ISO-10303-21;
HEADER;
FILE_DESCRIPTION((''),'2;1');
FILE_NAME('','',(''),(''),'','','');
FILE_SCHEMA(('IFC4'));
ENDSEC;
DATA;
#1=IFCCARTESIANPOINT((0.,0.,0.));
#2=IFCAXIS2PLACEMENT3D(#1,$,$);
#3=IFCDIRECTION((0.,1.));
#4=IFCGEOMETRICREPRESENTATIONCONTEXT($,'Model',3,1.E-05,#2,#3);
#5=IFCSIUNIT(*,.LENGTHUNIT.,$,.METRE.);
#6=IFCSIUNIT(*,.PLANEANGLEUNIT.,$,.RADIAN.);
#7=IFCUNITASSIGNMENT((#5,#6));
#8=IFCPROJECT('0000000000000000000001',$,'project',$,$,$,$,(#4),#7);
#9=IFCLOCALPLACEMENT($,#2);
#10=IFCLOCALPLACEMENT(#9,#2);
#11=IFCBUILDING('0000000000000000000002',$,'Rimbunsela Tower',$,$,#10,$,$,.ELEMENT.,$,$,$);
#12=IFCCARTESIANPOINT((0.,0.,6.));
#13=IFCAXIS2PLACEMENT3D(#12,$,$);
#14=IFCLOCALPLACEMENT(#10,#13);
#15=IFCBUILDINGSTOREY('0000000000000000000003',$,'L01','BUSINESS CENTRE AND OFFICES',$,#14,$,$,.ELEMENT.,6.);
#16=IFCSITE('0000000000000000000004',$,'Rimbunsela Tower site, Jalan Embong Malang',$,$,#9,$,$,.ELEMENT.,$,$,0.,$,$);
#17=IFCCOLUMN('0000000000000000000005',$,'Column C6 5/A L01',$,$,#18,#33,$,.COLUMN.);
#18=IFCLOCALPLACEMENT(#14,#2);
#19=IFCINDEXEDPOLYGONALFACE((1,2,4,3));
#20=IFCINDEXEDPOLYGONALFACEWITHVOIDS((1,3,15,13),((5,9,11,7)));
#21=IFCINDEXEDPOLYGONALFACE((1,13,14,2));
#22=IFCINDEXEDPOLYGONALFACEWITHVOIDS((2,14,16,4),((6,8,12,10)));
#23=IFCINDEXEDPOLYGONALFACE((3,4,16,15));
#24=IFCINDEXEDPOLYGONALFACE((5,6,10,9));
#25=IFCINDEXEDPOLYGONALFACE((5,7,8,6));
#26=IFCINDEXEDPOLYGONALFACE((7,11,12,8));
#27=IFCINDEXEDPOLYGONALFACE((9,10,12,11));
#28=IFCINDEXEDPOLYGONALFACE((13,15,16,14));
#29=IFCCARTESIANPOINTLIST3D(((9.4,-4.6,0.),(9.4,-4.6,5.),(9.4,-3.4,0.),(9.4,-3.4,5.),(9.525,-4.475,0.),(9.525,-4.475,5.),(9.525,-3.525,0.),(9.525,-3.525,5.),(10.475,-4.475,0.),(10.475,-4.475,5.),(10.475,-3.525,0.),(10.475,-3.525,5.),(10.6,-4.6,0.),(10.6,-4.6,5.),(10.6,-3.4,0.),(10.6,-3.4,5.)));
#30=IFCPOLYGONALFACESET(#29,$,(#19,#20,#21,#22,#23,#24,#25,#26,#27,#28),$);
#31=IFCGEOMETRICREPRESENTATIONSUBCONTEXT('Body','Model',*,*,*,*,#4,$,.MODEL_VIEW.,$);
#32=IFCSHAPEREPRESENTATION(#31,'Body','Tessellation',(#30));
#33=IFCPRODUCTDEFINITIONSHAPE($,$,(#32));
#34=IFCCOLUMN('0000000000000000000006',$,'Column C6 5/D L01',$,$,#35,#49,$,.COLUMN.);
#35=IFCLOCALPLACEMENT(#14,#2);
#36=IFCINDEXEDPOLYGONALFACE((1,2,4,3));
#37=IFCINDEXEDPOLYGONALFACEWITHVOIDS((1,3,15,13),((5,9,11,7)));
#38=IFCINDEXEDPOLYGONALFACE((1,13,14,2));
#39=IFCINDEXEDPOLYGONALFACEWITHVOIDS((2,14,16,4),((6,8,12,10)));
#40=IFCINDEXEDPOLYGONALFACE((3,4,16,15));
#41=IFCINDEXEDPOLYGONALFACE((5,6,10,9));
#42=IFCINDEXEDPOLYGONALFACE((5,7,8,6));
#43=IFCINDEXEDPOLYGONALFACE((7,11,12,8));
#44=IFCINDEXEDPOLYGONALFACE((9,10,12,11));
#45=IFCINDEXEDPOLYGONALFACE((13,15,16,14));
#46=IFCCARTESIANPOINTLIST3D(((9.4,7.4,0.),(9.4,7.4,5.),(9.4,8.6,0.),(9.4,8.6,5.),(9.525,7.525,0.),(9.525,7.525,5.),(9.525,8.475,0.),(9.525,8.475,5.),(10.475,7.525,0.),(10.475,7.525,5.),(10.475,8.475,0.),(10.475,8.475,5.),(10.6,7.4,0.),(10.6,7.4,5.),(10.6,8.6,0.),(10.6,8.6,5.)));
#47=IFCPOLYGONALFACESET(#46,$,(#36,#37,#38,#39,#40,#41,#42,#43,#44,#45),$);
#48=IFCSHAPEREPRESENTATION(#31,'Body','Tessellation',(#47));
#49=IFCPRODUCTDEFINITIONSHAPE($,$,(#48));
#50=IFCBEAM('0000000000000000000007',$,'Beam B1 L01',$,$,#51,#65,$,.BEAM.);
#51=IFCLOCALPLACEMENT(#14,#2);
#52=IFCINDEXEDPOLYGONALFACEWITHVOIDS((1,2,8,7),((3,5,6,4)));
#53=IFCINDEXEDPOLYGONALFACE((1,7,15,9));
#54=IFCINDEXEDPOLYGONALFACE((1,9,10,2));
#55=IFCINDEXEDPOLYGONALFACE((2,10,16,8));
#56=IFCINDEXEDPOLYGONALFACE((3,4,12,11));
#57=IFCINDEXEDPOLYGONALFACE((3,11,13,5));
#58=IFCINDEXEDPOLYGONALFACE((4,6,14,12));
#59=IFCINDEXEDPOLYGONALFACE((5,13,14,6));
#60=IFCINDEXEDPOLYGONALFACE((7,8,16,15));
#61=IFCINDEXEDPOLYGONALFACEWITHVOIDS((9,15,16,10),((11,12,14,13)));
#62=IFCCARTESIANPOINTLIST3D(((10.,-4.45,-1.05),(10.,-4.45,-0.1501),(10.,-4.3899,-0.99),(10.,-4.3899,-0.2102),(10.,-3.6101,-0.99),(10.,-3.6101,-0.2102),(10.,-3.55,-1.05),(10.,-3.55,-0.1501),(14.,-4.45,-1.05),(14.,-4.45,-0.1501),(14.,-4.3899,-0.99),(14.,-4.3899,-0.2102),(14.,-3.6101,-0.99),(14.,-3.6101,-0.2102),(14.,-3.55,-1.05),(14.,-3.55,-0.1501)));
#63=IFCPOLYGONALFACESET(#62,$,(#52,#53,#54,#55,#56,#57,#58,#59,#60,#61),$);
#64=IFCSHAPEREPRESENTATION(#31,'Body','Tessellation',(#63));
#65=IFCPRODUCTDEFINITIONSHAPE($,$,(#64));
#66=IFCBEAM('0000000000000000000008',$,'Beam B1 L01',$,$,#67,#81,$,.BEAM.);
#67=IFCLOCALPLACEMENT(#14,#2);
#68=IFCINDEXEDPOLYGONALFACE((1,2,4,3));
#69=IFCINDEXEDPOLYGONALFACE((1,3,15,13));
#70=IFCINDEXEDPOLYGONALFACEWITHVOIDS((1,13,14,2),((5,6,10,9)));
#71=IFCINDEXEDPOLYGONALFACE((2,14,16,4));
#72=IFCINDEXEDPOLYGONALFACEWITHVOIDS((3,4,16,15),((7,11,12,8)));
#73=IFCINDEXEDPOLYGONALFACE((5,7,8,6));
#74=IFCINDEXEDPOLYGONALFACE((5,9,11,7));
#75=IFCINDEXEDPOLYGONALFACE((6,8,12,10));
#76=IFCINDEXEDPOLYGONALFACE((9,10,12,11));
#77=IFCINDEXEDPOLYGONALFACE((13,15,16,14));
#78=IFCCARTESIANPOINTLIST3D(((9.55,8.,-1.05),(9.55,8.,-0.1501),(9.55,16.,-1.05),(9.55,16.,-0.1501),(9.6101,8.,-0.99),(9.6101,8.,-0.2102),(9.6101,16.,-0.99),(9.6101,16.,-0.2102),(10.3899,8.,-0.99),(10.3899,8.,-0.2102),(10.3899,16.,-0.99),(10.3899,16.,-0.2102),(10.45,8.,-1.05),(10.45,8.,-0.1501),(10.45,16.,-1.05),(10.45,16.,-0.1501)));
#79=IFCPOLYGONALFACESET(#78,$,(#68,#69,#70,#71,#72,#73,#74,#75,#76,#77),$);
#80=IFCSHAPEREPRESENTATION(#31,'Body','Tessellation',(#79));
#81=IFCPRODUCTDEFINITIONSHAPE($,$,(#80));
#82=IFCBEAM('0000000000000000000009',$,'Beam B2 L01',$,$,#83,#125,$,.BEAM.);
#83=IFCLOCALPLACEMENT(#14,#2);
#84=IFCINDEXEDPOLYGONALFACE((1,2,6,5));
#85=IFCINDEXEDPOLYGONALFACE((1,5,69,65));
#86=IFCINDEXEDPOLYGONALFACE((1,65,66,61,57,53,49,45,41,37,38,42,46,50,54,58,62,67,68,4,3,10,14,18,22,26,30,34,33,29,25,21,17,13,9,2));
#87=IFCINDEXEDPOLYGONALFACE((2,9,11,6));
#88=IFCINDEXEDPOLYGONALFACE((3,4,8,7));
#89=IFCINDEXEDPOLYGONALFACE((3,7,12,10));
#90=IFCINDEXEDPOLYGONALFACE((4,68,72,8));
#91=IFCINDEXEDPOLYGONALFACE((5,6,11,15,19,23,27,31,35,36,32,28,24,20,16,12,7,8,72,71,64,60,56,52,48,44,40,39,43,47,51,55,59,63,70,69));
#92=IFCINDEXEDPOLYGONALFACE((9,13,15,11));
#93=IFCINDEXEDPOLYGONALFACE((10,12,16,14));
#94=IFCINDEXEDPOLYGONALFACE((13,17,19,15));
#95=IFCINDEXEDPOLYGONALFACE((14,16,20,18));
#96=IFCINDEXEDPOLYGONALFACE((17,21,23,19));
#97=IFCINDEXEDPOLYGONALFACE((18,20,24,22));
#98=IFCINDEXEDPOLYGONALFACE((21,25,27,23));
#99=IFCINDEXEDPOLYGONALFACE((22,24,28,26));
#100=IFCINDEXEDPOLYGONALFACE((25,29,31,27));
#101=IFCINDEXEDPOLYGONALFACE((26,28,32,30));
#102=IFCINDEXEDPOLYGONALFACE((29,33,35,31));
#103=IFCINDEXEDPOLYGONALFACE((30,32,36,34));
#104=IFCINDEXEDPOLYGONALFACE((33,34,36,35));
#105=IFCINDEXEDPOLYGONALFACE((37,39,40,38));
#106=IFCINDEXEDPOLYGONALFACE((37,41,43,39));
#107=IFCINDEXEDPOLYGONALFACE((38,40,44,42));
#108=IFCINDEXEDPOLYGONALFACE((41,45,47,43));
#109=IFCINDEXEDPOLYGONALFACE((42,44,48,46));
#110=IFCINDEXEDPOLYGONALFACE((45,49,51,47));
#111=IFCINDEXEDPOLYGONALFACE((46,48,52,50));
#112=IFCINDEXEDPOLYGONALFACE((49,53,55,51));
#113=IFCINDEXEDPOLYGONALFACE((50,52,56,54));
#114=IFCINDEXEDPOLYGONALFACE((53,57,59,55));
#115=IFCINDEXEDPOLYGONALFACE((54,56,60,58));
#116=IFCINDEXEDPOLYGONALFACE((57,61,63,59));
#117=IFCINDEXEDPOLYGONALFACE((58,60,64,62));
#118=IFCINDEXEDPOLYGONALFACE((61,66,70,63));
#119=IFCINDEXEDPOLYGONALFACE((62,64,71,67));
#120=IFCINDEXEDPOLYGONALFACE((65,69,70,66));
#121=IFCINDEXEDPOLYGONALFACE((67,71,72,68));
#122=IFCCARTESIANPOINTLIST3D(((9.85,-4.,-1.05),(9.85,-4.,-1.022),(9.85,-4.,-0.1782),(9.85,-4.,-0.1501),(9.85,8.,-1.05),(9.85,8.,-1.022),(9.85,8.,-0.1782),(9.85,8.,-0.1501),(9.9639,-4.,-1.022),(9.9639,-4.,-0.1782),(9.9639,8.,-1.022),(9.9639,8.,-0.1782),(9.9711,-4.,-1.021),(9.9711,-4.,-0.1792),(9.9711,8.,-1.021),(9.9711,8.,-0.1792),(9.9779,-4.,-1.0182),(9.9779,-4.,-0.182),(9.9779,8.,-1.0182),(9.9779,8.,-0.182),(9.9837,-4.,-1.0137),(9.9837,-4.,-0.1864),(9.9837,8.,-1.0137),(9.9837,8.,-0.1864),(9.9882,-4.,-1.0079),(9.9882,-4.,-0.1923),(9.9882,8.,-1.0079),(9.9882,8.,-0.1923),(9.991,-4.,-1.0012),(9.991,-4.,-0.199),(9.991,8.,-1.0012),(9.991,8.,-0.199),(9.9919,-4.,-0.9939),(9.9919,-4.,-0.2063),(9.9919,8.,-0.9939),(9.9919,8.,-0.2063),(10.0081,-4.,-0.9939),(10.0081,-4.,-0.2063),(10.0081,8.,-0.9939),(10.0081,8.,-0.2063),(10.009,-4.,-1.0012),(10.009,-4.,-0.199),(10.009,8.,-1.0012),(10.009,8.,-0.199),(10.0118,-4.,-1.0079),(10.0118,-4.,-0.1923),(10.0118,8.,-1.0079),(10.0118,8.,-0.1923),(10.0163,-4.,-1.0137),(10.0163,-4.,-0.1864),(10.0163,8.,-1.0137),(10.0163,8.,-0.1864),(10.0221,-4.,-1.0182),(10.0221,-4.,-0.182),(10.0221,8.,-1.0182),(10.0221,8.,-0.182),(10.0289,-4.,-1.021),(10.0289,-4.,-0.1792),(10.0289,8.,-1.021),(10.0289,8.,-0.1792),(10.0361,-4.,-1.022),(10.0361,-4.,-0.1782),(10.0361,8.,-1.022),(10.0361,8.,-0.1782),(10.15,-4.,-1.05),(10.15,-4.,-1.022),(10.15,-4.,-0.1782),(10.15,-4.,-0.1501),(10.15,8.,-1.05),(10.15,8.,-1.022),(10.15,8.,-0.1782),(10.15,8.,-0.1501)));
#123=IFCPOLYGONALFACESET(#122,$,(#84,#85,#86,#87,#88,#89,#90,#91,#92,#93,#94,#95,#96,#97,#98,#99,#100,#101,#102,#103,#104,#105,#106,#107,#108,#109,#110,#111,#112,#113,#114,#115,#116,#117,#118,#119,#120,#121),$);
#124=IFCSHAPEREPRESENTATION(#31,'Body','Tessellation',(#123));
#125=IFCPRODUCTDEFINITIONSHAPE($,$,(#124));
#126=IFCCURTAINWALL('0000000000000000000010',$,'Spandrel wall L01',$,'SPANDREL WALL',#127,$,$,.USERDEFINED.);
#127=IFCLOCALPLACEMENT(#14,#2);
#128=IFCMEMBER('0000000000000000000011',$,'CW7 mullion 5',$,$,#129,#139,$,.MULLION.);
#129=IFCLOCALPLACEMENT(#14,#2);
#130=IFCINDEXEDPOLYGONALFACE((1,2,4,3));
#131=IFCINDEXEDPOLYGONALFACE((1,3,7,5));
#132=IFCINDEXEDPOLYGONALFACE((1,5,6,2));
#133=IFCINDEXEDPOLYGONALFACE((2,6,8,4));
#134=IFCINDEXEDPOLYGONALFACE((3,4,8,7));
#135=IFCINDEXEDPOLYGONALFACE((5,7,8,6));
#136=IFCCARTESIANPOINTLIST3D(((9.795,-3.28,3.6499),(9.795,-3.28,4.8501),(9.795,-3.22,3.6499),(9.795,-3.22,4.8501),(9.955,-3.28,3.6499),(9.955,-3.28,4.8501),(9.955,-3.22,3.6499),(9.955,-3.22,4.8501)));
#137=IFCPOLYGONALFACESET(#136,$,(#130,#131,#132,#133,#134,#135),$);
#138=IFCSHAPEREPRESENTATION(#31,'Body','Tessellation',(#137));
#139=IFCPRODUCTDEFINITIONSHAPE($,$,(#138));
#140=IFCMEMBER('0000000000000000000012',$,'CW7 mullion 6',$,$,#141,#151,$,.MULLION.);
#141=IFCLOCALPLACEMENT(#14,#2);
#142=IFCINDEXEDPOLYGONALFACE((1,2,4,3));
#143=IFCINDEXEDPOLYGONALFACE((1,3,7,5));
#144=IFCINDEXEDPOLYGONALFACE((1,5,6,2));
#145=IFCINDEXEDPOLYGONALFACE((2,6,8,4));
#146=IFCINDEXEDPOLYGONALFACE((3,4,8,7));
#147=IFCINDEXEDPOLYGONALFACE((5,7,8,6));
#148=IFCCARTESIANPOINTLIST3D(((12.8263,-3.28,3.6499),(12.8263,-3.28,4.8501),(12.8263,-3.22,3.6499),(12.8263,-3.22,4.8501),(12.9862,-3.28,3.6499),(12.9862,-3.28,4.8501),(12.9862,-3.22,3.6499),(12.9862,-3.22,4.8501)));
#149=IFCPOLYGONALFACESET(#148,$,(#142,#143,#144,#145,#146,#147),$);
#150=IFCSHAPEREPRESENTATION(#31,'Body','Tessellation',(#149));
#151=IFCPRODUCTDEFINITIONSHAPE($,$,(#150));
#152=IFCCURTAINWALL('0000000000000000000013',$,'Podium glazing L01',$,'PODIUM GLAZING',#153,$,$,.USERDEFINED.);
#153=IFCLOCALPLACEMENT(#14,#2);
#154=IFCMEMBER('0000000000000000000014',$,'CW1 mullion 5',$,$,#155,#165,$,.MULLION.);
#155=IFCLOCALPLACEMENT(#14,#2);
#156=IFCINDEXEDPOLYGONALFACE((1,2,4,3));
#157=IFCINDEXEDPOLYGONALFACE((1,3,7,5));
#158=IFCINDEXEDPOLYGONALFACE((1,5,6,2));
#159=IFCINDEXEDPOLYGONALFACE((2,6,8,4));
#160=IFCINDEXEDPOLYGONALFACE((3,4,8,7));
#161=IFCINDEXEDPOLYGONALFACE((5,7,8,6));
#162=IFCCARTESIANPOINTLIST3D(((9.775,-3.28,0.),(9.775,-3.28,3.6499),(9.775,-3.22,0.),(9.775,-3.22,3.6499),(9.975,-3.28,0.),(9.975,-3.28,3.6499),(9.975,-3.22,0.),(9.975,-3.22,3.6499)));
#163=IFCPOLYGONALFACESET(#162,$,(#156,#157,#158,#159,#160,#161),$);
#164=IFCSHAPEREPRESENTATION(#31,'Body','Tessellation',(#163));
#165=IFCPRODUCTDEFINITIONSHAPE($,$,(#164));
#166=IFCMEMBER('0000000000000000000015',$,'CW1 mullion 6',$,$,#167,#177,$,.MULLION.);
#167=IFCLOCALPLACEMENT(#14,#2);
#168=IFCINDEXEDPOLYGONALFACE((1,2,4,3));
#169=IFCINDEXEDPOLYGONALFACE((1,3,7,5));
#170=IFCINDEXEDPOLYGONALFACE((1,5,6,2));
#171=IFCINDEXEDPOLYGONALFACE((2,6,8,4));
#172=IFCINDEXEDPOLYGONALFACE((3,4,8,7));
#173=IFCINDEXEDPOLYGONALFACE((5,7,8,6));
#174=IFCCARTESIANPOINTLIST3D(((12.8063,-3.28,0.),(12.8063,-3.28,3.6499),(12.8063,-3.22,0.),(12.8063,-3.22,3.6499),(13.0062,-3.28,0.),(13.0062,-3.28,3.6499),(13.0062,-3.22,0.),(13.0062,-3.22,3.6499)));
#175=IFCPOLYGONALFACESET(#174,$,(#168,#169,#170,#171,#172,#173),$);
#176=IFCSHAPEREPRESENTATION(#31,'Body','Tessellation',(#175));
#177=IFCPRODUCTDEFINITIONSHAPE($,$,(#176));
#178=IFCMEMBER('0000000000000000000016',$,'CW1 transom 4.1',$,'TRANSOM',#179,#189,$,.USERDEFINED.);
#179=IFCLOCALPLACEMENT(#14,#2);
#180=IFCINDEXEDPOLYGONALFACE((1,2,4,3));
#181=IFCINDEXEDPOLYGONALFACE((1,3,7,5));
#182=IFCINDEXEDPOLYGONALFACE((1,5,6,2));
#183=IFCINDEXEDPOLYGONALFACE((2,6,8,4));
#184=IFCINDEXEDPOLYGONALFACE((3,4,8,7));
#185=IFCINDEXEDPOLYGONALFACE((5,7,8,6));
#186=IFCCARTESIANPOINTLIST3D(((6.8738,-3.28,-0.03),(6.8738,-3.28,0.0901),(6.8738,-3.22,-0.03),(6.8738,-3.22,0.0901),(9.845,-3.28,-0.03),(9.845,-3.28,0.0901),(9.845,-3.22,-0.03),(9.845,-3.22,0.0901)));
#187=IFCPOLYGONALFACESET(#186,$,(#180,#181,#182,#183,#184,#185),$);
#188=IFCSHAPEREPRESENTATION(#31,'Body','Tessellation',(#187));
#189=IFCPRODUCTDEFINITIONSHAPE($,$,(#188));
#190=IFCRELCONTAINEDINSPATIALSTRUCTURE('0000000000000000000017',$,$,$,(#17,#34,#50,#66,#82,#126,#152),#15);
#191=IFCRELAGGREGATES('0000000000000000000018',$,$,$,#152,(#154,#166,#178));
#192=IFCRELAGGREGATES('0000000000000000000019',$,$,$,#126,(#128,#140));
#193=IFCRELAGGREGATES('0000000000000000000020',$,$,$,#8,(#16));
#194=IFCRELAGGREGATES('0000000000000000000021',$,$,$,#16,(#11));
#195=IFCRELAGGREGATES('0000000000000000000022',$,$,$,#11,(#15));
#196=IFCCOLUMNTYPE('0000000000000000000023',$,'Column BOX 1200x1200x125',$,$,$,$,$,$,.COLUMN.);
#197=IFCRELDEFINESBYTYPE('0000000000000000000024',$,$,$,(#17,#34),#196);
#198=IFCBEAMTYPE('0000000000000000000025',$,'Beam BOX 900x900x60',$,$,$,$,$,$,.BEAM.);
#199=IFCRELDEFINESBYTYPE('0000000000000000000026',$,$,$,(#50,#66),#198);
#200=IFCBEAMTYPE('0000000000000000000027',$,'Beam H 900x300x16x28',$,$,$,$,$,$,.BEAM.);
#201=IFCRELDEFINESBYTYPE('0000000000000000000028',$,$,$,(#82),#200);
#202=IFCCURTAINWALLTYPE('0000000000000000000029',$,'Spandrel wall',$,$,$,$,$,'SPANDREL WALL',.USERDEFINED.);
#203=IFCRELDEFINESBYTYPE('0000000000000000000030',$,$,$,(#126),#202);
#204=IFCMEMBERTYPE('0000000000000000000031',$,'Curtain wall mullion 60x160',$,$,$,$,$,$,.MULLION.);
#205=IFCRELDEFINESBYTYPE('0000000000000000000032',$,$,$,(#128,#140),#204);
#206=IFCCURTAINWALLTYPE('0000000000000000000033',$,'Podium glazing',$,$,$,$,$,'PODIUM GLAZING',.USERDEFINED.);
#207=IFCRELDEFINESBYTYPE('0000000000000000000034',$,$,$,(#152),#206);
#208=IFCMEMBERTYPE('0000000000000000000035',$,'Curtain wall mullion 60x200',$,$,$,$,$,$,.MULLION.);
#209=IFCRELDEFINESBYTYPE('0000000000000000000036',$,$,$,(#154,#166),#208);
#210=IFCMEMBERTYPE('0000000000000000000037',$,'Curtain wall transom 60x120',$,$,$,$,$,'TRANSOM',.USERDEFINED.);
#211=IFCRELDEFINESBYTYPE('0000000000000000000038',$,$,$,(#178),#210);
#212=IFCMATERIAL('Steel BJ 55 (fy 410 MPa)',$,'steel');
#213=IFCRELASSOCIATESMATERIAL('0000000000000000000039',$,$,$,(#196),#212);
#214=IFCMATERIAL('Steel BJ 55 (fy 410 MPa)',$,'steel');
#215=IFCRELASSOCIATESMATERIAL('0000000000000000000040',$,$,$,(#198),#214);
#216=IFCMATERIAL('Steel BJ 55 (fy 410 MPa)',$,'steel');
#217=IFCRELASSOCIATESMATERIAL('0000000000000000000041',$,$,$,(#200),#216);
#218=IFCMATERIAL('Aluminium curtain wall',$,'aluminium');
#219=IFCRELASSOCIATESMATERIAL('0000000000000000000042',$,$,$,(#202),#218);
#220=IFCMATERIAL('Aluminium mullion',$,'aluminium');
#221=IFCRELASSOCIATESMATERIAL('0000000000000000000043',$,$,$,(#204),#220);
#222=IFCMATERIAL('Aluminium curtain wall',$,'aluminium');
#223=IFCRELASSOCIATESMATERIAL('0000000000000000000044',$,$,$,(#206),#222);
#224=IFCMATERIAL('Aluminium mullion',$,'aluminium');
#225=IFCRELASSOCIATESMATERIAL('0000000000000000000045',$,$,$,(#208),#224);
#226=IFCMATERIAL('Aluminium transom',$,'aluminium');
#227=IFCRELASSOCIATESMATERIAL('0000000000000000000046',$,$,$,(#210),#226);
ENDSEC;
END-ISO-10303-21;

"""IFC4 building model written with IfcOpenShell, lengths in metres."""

from ifc_helpers import new_model, si_unit, direction, frame, origin, origin_2d, place, context, subcontext, project, spatial, rectangle, hollow_rectangle, i_section, extrude, material, material_profile, profile_set, type_object, element, aggregate, save


model = new_model("IFC4")

# Units and contexts
model_context = context("Model", 3, precision=1e-05, world=origin(), true_north=direction((0.0, 1.0)))
body_context = subcontext(model_context, "Body", "Model", "MODEL_VIEW")
ifc_project = project(units=[si_unit("LENGTHUNIT", "METRE"), si_unit("PLANEANGLEUNIT", "RADIAN")], contexts=[model_context])

# Site, building, storey
site_placement = place(None, origin())
site = spatial("IfcSite", under=ifc_project, at=site_placement, Name="Rimbunsela Tower site, Jalan Embong Malang", CompositionType="ELEMENT", RefElevation=0.0)
building_placement = place(site_placement, origin())
building = spatial("IfcBuilding", under=site, at=building_placement, Name="Rimbunsela Tower", CompositionType="ELEMENT")
storey_placement = place(building_placement, frame((0.0, 0.0, 6.0)))
storey = spatial("IfcBuildingStorey", under=building, at=storey_placement, Name="L01", Description="BUSINESS CENTRE AND OFFICES", CompositionType="ELEMENT", Elevation=6.0)

# Columns
ifc_material_1 = material(Name="Steel BJ 55 (fy 410 MPa)", Category="steel")
ifc_material_profile_1 = material_profile(ifc_material_1, hollow_rectangle(XDim=1.2, YDim=1.2, WallThickness=0.125, at=origin_2d()), Name="BOX 1200x1200x125")
ifc_profile_set_1 = profile_set([ifc_material_profile_1], Name="Steel BJ 55 (fy 410 MPa)")
column_type = type_object("IfcColumnType", Name="Column BOX 1200x1200x125", PredefinedType="COLUMN", material=ifc_profile_set_1)
for number, where, z_axis, x_axis, name in (
    (1, (10.0, -4.0, 0.0), (0.0, 0.0, 1.0), (1.0, 0.0, 0.0), "Column C6 5/A L01"),
    (2, (10.0, 8.0, 0.0), (0.0, 0.0, 1.0), (1.0, 0.0, 0.0), "Column C6 5/D L01"),
):
    element("IfcColumn", number, at=place(storey_placement, frame(where, z_axis=z_axis, x_axis=x_axis)), inside=storey, type_object=column_type, Name=name, PredefinedType="COLUMN", context=body_context, shape_type="SweptSolid", body=[
        extrude(hollow_rectangle(XDim=1.2, YDim=1.2, WallThickness=0.125, at=origin_2d()), origin(), (0.0, 0.0, 1.0), 5.0),
    ])

# Beams
ifc_material_2 = material(Name="Steel BJ 55 (fy 410 MPa)", Category="steel")
ifc_material_profile_2 = material_profile(ifc_material_2, hollow_rectangle(XDim=0.8999, YDim=0.8999, WallThickness=0.0601, at=origin_2d()), Name="BOX 900x900x60")
ifc_profile_set_2 = profile_set([ifc_material_profile_2], Name="Steel BJ 55 (fy 410 MPa)")
beam_type_1 = type_object("IfcBeamType", Name="Beam BOX 900x900x60", PredefinedType="BEAM", material=ifc_profile_set_2)
beam_1_placement = place(storey_placement, frame((10.0, -4.0, -0.6001), z_axis=(1.0, 0.0, 0.0), x_axis=(0.0, 1.0, 0.0)))
element("IfcBeam", 3, at=beam_1_placement, inside=storey, type_object=beam_type_1, Name="Beam B1 L01", PredefinedType="BEAM", context=body_context, shape_type="SweptSolid", body=[
    extrude(hollow_rectangle(XDim=0.8999, YDim=0.8999, WallThickness=0.0601, at=origin_2d()), origin(), (0.0, 0.0, 1.0), 4.0),
])
beam_2_placement = place(storey_placement, frame((10.0, 8.0, -0.6001), z_axis=(0.0, 1.0, 0.0), x_axis=(-1.0, 0.0, 0.0)))
element("IfcBeam", 4, at=beam_2_placement, inside=storey, type_object=beam_type_1, Name="Beam B1 L01", PredefinedType="BEAM", context=body_context, shape_type="SweptSolid", body=[
    extrude(hollow_rectangle(XDim=0.8999, YDim=0.8999, WallThickness=0.0601, at=origin_2d()), origin(), (0.0, 0.0, 1.0), 8.0),
])
ifc_material_3 = material(Name="Steel BJ 55 (fy 410 MPa)", Category="steel")
ifc_material_profile_3 = material_profile(ifc_material_3, i_section(OverallWidth=0.3, OverallDepth=0.8999, WebThickness=0.0161, FlangeThickness=0.0281, FilletRadius=0.0281, at=origin_2d()), Name="H 900x300x16x28")
ifc_profile_set_3 = profile_set([ifc_material_profile_3], Name="Steel BJ 55 (fy 410 MPa)")
beam_type_2 = type_object("IfcBeamType", Name="Beam H 900x300x16x28", PredefinedType="BEAM", material=ifc_profile_set_3)
beam_3_placement = place(storey_placement, frame((10.0, -4.0, -0.6001), z_axis=(0.0, 1.0, 0.0), x_axis=(-1.0, 0.0, 0.0)))
element("IfcBeam", 5, at=beam_3_placement, inside=storey, type_object=beam_type_2, Name="Beam B2 L01", PredefinedType="BEAM", context=body_context, shape_type="SweptSolid", body=[
    extrude(i_section(OverallWidth=0.3, OverallDepth=0.8999, WebThickness=0.0161, FlangeThickness=0.0281, FilletRadius=0.0281, at=origin_2d()), origin(), (0.0, 0.0, 1.0), 12.0),
])

# Curtain walls, members
ifc_material_4 = material(Name="Aluminium curtain wall", Category="aluminium")
curtain_wall_type_1 = type_object("IfcCurtainWallType", Name="Spandrel wall", ElementType="SPANDREL WALL", PredefinedType="USERDEFINED", material=ifc_material_4)
curtain_wall_1_placement = place(storey_placement, origin())
curtain_wall_1 = element("IfcCurtainWall", 6, at=curtain_wall_1_placement, inside=storey, type_object=curtain_wall_type_1, Name="Spandrel wall L01", ObjectType="SPANDREL WALL", PredefinedType="USERDEFINED")
ifc_material_5 = material(Name="Aluminium mullion", Category="aluminium")
ifc_material_profile_4 = material_profile(ifc_material_5, rectangle(XDim=0.0601, YDim=0.1599, at=origin_2d()), Name="Mullion 60x160")
ifc_profile_set_4 = profile_set([ifc_material_profile_4], Name="Aluminium mullion")
member_type_1 = type_object("IfcMemberType", Name="Curtain wall mullion 60x160", PredefinedType="MULLION", material=ifc_profile_set_4)
member_1_placement = place(storey_placement, frame((9.875, -3.25, 3.6499), z_axis=(0.0, 0.0, 1.0), x_axis=(0.0, 1.0, 0.0)))
member_1 = element("IfcMember", 7, at=member_1_placement, type_object=member_type_1, Name="CW7 mullion 5", PredefinedType="MULLION", context=body_context, shape_type="SweptSolid", body=[
    extrude(rectangle(XDim=0.0601, YDim=0.1599, at=origin_2d()), origin(), (0.0, 0.0, 1.0), 1.2002),
])
member_2_placement = place(storey_placement, frame((12.9062, -3.25, 3.6499), z_axis=(0.0, 0.0, 1.0), x_axis=(0.0, 1.0, 0.0)))
member_2 = element("IfcMember", 8, at=member_2_placement, type_object=member_type_1, Name="CW7 mullion 6", PredefinedType="MULLION", context=body_context, shape_type="SweptSolid", body=[
    extrude(rectangle(XDim=0.0601, YDim=0.1599, at=origin_2d()), origin(), (0.0, 0.0, 1.0), 1.2002),
])
ifc_material_6 = material(Name="Aluminium curtain wall", Category="aluminium")
curtain_wall_type_2 = type_object("IfcCurtainWallType", Name="Podium glazing", ElementType="PODIUM GLAZING", PredefinedType="USERDEFINED", material=ifc_material_6)
curtain_wall_2_placement = place(storey_placement, origin())
curtain_wall_2 = element("IfcCurtainWall", 9, at=curtain_wall_2_placement, inside=storey, type_object=curtain_wall_type_2, Name="Podium glazing L01", ObjectType="PODIUM GLAZING", PredefinedType="USERDEFINED")
ifc_material_7 = material(Name="Aluminium mullion", Category="aluminium")
ifc_material_profile_5 = material_profile(ifc_material_7, rectangle(XDim=0.0601, YDim=0.2, at=origin_2d()), Name="Mullion 60x200")
ifc_profile_set_5 = profile_set([ifc_material_profile_5], Name="Aluminium mullion")
member_type_2 = type_object("IfcMemberType", Name="Curtain wall mullion 60x200", PredefinedType="MULLION", material=ifc_profile_set_5)
member_3_placement = place(storey_placement, frame((9.875, -3.25, 0.0), z_axis=(0.0, 0.0, 1.0), x_axis=(0.0, 1.0, 0.0)))
member_3 = element("IfcMember", 10, at=member_3_placement, type_object=member_type_2, Name="CW1 mullion 5", PredefinedType="MULLION", context=body_context, shape_type="SweptSolid", body=[
    extrude(rectangle(XDim=0.0601, YDim=0.2, at=origin_2d()), origin(), (0.0, 0.0, 1.0), 3.6499),
])
member_4_placement = place(storey_placement, frame((12.9062, -3.25, 0.0), z_axis=(0.0, 0.0, 1.0), x_axis=(0.0, 1.0, 0.0)))
member_4 = element("IfcMember", 11, at=member_4_placement, type_object=member_type_2, Name="CW1 mullion 6", PredefinedType="MULLION", context=body_context, shape_type="SweptSolid", body=[
    extrude(rectangle(XDim=0.0601, YDim=0.2, at=origin_2d()), origin(), (0.0, 0.0, 1.0), 3.6499),
])
ifc_material_8 = material(Name="Aluminium transom", Category="aluminium")
ifc_material_profile_6 = material_profile(ifc_material_8, rectangle(XDim=0.0601, YDim=0.1201, at=origin_2d()), Name="Transom 60x120")
ifc_profile_set_6 = profile_set([ifc_material_profile_6], Name="Aluminium transom")
member_type_3 = type_object("IfcMemberType", Name="Curtain wall transom 60x120", ElementType="TRANSOM", PredefinedType="USERDEFINED", material=ifc_profile_set_6)
member_5_placement = place(storey_placement, frame((6.8738, -3.25, 0.03), z_axis=(1.0, 0.0, 0.0), x_axis=(0.0, 1.0, 0.0)))
member_5 = element("IfcMember", 12, at=member_5_placement, type_object=member_type_3, Name="CW1 transom 4.1", ObjectType="TRANSOM", PredefinedType="USERDEFINED", context=body_context, shape_type="SweptSolid", body=[
    extrude(rectangle(XDim=0.0601, YDim=0.1201, at=origin_2d()), origin(), (0.0, 0.0, 1.0), 2.9712),
])

aggregate(curtain_wall_2, [member_3, member_4, member_5])
aggregate(curtain_wall_1, [member_1, member_2])

save(model, "model.ifc")
